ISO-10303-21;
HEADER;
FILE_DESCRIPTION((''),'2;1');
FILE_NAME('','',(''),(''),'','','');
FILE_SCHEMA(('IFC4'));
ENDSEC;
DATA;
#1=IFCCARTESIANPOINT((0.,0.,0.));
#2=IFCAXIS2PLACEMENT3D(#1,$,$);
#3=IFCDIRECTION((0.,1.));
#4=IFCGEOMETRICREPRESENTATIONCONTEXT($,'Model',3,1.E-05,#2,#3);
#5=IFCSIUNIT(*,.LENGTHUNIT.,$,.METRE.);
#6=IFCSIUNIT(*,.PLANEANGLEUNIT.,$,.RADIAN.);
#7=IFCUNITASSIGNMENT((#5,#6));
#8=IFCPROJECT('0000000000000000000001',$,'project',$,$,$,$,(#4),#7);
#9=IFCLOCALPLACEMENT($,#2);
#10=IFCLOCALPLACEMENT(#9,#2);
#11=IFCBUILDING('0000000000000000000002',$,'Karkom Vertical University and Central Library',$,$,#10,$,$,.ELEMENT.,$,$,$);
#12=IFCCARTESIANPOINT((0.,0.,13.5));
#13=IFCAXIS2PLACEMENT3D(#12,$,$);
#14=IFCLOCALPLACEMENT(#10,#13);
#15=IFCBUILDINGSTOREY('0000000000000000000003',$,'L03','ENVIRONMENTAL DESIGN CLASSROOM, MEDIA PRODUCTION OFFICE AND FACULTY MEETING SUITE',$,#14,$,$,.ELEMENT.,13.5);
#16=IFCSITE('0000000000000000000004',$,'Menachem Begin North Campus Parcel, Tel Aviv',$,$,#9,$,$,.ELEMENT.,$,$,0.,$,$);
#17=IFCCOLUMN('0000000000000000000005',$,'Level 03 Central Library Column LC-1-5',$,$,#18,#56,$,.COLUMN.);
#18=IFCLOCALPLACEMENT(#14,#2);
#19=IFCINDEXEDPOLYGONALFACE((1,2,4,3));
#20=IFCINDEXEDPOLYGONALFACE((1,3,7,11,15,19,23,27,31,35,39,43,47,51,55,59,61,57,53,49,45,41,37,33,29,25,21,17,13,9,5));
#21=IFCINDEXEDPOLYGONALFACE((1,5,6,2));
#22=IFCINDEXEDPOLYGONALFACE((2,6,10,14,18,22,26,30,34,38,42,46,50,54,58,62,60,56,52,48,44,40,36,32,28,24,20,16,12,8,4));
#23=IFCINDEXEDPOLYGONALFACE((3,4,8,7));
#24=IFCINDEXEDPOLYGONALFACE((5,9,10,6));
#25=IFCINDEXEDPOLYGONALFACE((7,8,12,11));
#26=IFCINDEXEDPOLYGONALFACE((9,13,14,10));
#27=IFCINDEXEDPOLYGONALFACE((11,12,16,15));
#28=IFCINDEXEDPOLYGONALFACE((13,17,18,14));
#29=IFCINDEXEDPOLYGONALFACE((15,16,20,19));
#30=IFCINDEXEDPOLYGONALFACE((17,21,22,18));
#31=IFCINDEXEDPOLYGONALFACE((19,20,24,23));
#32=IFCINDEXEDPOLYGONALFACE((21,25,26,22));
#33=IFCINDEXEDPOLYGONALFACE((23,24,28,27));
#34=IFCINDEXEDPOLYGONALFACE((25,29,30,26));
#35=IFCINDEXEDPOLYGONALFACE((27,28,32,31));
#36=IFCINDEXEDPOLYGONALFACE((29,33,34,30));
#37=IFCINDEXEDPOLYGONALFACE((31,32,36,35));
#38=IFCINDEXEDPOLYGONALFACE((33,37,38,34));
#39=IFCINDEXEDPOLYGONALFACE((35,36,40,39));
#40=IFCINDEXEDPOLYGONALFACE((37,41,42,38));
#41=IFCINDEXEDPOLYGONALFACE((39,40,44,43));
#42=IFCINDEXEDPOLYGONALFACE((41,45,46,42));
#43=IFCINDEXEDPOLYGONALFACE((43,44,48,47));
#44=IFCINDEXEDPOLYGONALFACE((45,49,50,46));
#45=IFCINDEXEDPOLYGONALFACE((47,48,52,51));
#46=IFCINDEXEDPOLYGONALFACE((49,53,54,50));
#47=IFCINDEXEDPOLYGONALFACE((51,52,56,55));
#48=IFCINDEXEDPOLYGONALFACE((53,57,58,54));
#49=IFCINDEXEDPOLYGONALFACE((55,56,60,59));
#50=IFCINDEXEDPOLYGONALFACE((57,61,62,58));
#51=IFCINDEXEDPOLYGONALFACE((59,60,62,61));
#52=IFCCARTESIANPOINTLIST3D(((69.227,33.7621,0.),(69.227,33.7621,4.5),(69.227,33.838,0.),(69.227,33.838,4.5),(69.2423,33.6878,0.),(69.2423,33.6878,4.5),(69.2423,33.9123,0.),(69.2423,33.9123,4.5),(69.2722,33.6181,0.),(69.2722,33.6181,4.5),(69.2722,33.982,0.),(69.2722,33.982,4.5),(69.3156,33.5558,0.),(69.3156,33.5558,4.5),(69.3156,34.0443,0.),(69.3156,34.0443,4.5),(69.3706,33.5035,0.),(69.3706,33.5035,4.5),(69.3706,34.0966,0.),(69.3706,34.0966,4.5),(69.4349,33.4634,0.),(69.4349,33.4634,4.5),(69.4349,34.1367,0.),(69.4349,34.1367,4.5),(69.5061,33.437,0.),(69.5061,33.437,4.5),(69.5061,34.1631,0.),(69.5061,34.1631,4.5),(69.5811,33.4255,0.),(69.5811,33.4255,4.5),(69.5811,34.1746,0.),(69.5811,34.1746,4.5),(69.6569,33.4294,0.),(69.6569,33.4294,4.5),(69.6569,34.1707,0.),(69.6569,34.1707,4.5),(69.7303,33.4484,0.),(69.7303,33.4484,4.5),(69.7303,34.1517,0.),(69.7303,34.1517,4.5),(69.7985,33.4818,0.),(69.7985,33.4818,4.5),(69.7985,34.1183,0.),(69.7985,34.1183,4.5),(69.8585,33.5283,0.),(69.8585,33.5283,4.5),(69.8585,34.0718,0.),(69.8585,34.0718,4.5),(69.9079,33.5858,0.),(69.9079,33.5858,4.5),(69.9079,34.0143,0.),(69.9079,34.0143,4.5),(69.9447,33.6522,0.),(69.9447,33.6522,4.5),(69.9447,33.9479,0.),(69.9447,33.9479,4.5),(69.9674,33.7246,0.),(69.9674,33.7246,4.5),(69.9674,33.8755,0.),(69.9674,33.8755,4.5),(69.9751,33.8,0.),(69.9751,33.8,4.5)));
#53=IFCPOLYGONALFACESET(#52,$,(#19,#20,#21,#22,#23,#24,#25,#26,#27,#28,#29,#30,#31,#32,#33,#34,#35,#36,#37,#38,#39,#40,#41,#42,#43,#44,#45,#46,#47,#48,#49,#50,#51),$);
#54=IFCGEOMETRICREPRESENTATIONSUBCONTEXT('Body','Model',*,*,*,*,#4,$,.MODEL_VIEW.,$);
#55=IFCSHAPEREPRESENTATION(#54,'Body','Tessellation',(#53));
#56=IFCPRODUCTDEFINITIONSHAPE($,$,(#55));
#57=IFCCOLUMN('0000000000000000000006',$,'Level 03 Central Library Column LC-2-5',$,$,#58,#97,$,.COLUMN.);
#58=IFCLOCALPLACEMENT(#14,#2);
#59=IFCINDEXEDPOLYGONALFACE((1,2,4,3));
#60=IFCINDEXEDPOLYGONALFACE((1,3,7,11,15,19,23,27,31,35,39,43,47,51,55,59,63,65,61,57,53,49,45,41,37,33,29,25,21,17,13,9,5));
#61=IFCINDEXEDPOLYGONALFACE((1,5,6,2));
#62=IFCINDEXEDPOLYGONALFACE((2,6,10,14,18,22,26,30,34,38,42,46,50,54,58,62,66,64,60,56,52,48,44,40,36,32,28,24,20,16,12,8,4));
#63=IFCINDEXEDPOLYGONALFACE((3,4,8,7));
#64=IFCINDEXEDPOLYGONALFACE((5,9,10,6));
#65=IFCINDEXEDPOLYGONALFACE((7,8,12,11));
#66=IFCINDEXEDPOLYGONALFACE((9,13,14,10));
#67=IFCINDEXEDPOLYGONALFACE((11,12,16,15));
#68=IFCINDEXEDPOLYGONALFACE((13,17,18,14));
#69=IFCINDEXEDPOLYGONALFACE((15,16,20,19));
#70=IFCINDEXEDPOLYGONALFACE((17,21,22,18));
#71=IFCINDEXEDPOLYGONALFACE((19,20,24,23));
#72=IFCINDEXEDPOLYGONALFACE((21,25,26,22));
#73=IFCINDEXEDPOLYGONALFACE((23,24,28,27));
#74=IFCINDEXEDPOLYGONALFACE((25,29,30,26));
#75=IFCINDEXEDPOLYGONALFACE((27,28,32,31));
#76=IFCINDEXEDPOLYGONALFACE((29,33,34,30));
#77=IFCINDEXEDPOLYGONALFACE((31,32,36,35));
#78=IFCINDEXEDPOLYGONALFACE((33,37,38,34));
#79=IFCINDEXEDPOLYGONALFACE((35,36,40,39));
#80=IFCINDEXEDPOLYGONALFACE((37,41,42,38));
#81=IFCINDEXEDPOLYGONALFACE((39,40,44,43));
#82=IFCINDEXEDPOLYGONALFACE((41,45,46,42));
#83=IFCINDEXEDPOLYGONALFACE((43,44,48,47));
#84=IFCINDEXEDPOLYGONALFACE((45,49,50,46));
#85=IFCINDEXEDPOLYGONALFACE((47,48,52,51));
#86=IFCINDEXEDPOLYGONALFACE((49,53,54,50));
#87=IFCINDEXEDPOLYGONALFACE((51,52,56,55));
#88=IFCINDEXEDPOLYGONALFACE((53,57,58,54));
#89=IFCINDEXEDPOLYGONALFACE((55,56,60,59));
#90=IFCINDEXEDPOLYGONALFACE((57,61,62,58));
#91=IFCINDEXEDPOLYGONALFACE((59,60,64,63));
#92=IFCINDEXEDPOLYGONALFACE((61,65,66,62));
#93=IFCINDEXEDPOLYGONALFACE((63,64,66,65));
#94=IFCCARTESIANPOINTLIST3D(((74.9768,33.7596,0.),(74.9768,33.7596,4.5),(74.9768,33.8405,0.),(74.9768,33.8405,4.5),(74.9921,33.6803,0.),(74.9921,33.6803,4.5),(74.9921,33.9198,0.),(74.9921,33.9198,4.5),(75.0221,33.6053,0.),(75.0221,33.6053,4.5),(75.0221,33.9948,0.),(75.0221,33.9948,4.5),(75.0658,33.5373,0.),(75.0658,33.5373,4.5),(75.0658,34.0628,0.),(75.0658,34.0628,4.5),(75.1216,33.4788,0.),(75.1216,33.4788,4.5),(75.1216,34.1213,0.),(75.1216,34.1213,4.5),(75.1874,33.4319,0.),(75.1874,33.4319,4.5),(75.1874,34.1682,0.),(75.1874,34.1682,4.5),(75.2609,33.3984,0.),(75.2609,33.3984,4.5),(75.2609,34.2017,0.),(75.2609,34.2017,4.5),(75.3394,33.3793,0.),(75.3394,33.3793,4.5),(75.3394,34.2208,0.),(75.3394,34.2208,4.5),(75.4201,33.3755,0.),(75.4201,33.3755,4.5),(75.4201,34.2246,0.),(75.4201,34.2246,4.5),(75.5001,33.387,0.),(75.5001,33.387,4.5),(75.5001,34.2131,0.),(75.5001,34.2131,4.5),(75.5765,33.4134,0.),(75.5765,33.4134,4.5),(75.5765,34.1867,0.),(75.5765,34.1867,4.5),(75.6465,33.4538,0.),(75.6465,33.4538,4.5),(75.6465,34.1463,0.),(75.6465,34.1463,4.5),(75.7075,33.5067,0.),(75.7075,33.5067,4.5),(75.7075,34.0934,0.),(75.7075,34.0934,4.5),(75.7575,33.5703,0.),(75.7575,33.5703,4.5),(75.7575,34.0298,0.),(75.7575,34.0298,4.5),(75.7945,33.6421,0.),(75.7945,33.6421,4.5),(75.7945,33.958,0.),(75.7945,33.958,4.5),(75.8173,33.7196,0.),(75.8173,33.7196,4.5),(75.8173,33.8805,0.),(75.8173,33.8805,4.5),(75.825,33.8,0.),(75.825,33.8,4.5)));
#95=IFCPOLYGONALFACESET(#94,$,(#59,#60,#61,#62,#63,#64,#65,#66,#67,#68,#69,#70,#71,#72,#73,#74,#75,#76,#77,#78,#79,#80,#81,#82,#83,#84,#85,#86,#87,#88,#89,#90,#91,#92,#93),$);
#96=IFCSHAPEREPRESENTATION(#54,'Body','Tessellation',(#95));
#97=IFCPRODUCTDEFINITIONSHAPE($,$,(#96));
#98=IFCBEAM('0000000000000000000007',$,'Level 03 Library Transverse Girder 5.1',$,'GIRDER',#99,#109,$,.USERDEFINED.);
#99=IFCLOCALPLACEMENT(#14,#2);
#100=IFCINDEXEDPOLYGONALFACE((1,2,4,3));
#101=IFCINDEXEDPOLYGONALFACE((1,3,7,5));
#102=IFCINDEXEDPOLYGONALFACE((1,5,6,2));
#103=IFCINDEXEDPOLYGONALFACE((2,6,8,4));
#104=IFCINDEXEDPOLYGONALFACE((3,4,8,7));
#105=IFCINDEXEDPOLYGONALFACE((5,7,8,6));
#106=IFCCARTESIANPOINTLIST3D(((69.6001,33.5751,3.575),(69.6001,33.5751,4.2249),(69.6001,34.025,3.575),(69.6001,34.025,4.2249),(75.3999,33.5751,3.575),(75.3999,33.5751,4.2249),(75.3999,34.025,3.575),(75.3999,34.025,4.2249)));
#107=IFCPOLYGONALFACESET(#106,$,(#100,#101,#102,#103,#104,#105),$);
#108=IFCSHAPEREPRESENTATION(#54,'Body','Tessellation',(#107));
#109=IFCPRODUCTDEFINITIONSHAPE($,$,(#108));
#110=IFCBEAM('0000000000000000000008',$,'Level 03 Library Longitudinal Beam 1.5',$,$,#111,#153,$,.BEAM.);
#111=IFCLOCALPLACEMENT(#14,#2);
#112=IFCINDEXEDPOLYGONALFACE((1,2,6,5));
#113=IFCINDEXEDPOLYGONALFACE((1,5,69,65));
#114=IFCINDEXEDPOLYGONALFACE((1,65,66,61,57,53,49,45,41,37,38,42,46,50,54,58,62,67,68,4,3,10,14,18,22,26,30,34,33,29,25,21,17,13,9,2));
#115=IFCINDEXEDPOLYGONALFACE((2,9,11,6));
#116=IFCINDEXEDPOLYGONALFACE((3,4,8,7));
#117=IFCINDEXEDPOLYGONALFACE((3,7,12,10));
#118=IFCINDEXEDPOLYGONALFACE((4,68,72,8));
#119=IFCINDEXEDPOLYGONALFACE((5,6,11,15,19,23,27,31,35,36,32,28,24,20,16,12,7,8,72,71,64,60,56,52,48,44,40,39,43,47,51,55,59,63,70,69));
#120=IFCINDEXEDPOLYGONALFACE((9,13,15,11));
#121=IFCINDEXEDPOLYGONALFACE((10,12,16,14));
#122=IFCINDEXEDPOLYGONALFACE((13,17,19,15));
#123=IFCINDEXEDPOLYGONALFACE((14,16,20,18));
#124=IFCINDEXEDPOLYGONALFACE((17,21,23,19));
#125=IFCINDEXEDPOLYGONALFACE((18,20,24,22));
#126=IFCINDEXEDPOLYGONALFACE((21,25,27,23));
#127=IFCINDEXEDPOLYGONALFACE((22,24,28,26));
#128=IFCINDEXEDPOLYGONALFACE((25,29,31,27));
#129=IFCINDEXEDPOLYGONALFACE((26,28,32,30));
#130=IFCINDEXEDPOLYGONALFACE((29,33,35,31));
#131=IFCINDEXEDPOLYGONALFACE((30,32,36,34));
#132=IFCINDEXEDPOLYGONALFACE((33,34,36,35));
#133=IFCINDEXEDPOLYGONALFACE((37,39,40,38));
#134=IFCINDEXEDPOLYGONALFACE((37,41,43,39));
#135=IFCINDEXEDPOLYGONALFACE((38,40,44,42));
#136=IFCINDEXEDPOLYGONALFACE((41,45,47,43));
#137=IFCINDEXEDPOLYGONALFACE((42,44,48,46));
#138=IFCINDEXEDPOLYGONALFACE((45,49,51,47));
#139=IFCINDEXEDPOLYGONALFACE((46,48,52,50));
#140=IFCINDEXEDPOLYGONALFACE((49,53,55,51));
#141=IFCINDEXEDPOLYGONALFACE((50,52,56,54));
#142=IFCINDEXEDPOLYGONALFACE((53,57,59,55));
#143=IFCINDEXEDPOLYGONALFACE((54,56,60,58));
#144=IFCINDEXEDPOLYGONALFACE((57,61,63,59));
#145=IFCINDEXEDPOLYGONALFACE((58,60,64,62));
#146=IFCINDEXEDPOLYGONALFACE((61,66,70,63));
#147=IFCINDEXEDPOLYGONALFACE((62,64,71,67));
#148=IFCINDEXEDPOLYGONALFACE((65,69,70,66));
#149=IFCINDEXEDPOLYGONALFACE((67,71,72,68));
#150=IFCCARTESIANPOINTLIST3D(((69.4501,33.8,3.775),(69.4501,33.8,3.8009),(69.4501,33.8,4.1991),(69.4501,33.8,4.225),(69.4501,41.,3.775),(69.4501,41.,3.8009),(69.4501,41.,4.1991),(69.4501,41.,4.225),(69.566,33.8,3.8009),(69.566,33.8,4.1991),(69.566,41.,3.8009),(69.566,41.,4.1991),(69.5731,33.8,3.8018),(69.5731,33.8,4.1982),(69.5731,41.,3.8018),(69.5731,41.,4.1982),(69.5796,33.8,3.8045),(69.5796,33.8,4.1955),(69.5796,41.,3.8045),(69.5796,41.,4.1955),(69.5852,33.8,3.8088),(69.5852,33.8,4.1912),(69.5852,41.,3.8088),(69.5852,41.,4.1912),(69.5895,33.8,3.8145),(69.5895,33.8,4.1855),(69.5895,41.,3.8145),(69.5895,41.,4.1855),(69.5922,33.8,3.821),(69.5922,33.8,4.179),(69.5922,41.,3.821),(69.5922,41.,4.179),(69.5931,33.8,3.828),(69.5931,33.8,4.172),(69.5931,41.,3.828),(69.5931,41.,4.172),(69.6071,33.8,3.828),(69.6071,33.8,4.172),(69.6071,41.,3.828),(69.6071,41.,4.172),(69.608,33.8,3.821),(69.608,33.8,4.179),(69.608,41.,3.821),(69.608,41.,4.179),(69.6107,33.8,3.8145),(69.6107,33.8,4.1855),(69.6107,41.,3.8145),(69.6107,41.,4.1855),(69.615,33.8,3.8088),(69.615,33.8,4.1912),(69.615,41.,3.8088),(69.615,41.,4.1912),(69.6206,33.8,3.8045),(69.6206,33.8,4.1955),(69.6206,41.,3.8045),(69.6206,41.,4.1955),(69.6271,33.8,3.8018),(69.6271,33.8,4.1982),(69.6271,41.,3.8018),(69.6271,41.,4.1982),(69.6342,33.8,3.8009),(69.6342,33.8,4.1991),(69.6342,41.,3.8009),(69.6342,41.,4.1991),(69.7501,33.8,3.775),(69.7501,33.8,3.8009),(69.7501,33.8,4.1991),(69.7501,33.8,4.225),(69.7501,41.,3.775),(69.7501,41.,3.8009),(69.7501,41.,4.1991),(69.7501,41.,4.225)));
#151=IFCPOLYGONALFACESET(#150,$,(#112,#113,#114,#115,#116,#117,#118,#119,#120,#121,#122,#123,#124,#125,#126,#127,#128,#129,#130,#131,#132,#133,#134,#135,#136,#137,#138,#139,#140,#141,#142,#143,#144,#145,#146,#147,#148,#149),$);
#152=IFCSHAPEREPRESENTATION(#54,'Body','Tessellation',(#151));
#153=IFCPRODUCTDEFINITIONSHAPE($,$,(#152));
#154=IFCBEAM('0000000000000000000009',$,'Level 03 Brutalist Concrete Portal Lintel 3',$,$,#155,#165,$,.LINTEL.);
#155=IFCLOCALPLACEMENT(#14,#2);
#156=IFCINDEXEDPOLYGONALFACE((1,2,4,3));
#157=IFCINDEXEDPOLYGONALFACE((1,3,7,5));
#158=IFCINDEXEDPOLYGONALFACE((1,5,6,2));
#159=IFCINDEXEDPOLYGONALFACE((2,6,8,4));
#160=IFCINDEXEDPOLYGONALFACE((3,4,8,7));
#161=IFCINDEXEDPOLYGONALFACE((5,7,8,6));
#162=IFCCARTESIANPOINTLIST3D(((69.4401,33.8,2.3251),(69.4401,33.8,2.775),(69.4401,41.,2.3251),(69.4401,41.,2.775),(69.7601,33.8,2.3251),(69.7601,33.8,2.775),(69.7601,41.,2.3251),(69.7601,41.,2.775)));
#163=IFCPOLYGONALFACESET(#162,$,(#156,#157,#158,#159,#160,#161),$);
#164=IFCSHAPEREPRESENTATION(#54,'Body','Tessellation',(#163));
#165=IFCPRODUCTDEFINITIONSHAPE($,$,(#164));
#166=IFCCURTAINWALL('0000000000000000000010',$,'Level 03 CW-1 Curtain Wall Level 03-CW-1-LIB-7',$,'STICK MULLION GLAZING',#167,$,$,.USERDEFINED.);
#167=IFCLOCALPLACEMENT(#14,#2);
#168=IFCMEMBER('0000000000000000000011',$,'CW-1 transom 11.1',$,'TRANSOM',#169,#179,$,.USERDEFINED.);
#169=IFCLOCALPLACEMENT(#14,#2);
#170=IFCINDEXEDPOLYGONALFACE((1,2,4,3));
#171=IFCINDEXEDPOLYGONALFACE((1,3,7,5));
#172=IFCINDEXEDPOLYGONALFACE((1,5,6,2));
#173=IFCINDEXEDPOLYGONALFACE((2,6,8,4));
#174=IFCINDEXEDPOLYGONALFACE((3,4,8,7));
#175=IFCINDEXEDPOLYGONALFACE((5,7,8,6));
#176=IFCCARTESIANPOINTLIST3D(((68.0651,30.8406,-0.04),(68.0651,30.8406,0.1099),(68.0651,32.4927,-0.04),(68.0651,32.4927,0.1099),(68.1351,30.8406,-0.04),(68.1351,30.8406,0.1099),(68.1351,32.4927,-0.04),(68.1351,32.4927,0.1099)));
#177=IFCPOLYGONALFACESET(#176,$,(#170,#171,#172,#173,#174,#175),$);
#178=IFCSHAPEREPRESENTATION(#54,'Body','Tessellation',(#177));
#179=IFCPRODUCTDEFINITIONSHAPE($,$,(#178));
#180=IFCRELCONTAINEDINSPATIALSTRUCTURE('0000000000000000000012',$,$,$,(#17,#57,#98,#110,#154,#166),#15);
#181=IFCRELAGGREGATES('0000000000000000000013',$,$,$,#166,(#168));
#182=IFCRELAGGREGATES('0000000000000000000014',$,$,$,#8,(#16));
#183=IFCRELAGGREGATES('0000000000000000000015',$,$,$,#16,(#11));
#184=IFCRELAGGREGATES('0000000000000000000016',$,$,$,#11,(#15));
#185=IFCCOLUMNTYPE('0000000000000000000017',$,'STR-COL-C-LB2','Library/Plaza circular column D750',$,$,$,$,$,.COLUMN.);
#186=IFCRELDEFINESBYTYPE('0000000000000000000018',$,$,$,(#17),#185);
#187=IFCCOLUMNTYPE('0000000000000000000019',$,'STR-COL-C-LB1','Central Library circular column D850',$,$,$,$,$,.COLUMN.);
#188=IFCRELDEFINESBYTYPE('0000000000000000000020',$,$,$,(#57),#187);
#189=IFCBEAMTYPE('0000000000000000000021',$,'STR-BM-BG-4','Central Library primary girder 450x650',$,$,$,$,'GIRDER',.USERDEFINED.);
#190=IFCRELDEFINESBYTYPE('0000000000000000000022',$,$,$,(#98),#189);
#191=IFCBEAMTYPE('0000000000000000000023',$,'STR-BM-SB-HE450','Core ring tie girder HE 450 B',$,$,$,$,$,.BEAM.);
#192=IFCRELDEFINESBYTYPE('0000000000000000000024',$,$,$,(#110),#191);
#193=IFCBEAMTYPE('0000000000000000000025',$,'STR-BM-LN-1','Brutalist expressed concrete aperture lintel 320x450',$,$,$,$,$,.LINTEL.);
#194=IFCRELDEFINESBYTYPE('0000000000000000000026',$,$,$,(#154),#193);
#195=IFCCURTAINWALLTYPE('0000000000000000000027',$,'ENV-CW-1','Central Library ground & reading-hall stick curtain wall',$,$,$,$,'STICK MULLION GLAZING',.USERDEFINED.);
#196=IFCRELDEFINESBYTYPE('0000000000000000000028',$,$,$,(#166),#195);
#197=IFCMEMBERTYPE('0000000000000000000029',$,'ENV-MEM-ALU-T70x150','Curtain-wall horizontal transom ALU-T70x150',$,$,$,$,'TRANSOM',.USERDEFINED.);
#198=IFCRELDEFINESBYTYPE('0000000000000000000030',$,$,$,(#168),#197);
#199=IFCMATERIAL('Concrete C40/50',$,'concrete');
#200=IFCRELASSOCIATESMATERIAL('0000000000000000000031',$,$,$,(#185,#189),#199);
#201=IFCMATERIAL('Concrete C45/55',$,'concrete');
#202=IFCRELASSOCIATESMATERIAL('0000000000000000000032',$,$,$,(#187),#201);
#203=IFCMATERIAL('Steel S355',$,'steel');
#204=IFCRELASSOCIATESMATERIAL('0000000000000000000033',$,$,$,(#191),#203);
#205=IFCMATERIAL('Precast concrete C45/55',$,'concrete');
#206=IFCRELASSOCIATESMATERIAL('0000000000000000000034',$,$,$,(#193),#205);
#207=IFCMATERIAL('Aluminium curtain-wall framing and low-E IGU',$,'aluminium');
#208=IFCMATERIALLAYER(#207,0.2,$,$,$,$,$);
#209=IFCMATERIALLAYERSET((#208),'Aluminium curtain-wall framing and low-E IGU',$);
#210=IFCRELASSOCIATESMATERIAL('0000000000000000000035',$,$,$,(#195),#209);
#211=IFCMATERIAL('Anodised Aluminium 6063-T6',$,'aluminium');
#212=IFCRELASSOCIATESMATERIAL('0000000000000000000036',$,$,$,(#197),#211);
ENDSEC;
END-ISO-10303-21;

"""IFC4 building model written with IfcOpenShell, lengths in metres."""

from ifc_helpers import new_model, si_unit, direction, frame, origin, origin_with_axes, origin_2d, place, context, subcontext, project, spatial, rectangle, circle, i_section, extrude, source, transform, mapped, material, layer, layer_set, material_profile, profile_set, type_object, element, aggregate, save


model = new_model("IFC4")

# Units and contexts
model_context = context("Model", 3, precision=1e-05, world=origin(), true_north=direction((0.0, 1.0)))
body_context = subcontext(model_context, "Body", "Model", "MODEL_VIEW")
ifc_project = project(units=[si_unit("LENGTHUNIT", "METRE"), si_unit("PLANEANGLEUNIT", "RADIAN")], contexts=[model_context])

# Site, building, storey
site_placement = place(None, origin())
site = spatial("IfcSite", under=ifc_project, at=site_placement, Name="Menachem Begin North Campus Parcel, Tel Aviv", CompositionType="ELEMENT", RefElevation=0.0)
building_placement = place(site_placement, origin())
building = spatial("IfcBuilding", under=site, at=building_placement, Name="Karkom Vertical University and Central Library", CompositionType="ELEMENT")
storey_placement = place(building_placement, frame((0.0, 0.0, 13.5)))
storey = spatial("IfcBuildingStorey", under=building, at=storey_placement, Name="L03", Description="ENVIRONMENTAL DESIGN CLASSROOM, MEDIA PRODUCTION OFFICE AND FACULTY MEETING SUITE", CompositionType="ELEMENT", Elevation=13.5)

# Columns
ifc_material_1 = material(Name="Concrete C40/50", Category="concrete")
ifc_material_profile_1 = material_profile(ifc_material_1, circle(Radius=0.375, at=origin_2d()), Name="RC-D750")
ifc_profile_set_1 = profile_set([ifc_material_profile_1], Name="Concrete C40/50")
column_type_1 = type_object("IfcColumnType", Name="STR-COL-C-LB2", Description="Library/Plaza circular column D750", PredefinedType="COLUMN", material=ifc_profile_set_1)
shared_shape_1 = source(origin_with_axes(), body_context, "Body", "SweptSolid", [
    extrude(circle(Radius=0.375, at=origin_2d()), origin(), (0.0, 0.0, 1.0), 4.5),
])
column_1_placement = place(storey_placement, frame((69.6001, 33.8, 0.0), z_axis=(0.0, 0.0, 1.0), x_axis=(1.0, 0.0, 0.0)))
element("IfcColumn", 1, at=column_1_placement, inside=storey, type_object=column_type_1, Name="Level 03 Central Library Column LC-1-5", PredefinedType="COLUMN", context=body_context, shape_type="MappedRepresentation", body=[
    mapped(shared_shape_1, transform((0.0, 0.0, 0.0), scale=1.0)),
])
ifc_material_2 = material(Name="Concrete C45/55", Category="concrete")
ifc_material_profile_2 = material_profile(ifc_material_2, circle(Radius=0.425, at=origin_2d()), Name="RC-D850")
ifc_profile_set_2 = profile_set([ifc_material_profile_2], Name="Concrete C45/55")
column_type_2 = type_object("IfcColumnType", Name="STR-COL-C-LB1", Description="Central Library circular column D850", PredefinedType="COLUMN", material=ifc_profile_set_2)
shared_shape_2 = source(origin_with_axes(), body_context, "Body", "SweptSolid", [
    extrude(circle(Radius=0.425, at=origin_2d()), origin(), (0.0, 0.0, 1.0), 4.5),
])
column_2_placement = place(storey_placement, frame((75.3999, 33.8, 0.0), z_axis=(0.0, 0.0, 1.0), x_axis=(1.0, 0.0, 0.0)))
element("IfcColumn", 2, at=column_2_placement, inside=storey, type_object=column_type_2, Name="Level 03 Central Library Column LC-2-5", PredefinedType="COLUMN", context=body_context, shape_type="MappedRepresentation", body=[
    mapped(shared_shape_2, transform((0.0, 0.0, 0.0), scale=1.0)),
])

# Beams
ifc_material_profile_3 = material_profile(ifc_material_1, rectangle(XDim=0.45, YDim=0.6499, at=origin_2d()), Name="RCB-450x650")
ifc_profile_set_3 = profile_set([ifc_material_profile_3], Name="Concrete C40/50")
beam_type_1 = type_object("IfcBeamType", Name="STR-BM-BG-4", Description="Central Library primary girder 450x650", ElementType="GIRDER", PredefinedType="USERDEFINED", material=ifc_profile_set_3)
shared_shape_3 = source(origin_with_axes(), body_context, "Body", "SweptSolid", [
    extrude(rectangle(XDim=0.45, YDim=0.6499, at=origin_2d()), origin(), (0.0, 0.0, 1.0), 5.7998),
])
beam_1_placement = place(storey_placement, frame((69.6001, 33.8, 3.8999), z_axis=(1.0, 0.0, 0.0), x_axis=(0.0, 1.0, 0.0)))
element("IfcBeam", 3, at=beam_1_placement, inside=storey, type_object=beam_type_1, Name="Level 03 Library Transverse Girder 5.1", ObjectType="GIRDER", PredefinedType="USERDEFINED", context=body_context, shape_type="MappedRepresentation", body=[
    mapped(shared_shape_3, transform((0.0, 0.0, 0.0), scale=1.0)),
])
ifc_material_3 = material(Name="Steel S355", Category="steel")
ifc_material_profile_4 = material_profile(ifc_material_3, i_section(OverallWidth=0.3, OverallDepth=0.45, WebThickness=0.0139, FlangeThickness=0.0259, FilletRadius=0.0271, at=origin_2d()), Name="HE 450 B")
ifc_profile_set_4 = profile_set([ifc_material_profile_4], Name="Steel S355")
beam_type_2 = type_object("IfcBeamType", Name="STR-BM-SB-HE450", Description="Core ring tie girder HE 450 B", PredefinedType="BEAM", material=ifc_profile_set_4)
shared_shape_4 = source(origin_with_axes(), body_context, "Body", "SweptSolid", [
    extrude(i_section(OverallWidth=0.3, OverallDepth=0.45, WebThickness=0.0139, FlangeThickness=0.0259, FilletRadius=0.0271, at=origin_2d()), origin(), (0.0, 0.0, 1.0), 7.2),
])
beam_2_placement = place(storey_placement, frame((69.6001, 33.8, 4.0), z_axis=(0.0, 1.0, 0.0), x_axis=(-1.0, 0.0, 0.0)))
element("IfcBeam", 4, at=beam_2_placement, inside=storey, type_object=beam_type_2, Name="Level 03 Library Longitudinal Beam 1.5", PredefinedType="BEAM", context=body_context, shape_type="MappedRepresentation", body=[
    mapped(shared_shape_4, transform((0.0, 0.0, 0.0), scale=1.0)),
])
ifc_material_4 = material(Name="Precast concrete C45/55", Category="concrete")
ifc_material_profile_5 = material_profile(ifc_material_4, rectangle(XDim=0.3201, YDim=0.45, at=origin_2d()), Name="RCL-320x450")
ifc_profile_set_5 = profile_set([ifc_material_profile_5], Name="Precast concrete C45/55")
beam_type_3 = type_object("IfcBeamType", Name="STR-BM-LN-1", Description="Brutalist expressed concrete aperture lintel 320x450", PredefinedType="LINTEL", material=ifc_profile_set_5)
shared_shape_5 = source(origin_with_axes(), body_context, "Body", "SweptSolid", [
    extrude(rectangle(XDim=0.3201, YDim=0.45, at=origin_2d()), origin(), (0.0, 0.0, 1.0), 7.2),
])
beam_3_placement = place(storey_placement, frame((69.6001, 33.8, 2.55), z_axis=(0.0, 1.0, 0.0), x_axis=(-1.0, 0.0, 0.0)))
element("IfcBeam", 5, at=beam_3_placement, inside=storey, type_object=beam_type_3, Name="Level 03 Brutalist Concrete Portal Lintel 3", PredefinedType="LINTEL", context=body_context, shape_type="MappedRepresentation", body=[
    mapped(shared_shape_5, transform((0.0, 0.0, 0.0), scale=1.0)),
])

# Curtain wall, member
ifc_material_5 = material(Name="Aluminium curtain-wall framing and low-E IGU", Category="aluminium")
ifc_layer_1 = layer(ifc_material_5, 0.2)
ifc_layer_set_1 = layer_set([ifc_layer_1], Name="Aluminium curtain-wall framing and low-E IGU")
curtain_wall_type = type_object("IfcCurtainWallType", Name="ENV-CW-1", Description="Central Library ground & reading-hall stick curtain wall", ElementType="STICK MULLION GLAZING", PredefinedType="USERDEFINED", material=ifc_layer_set_1)
curtain_wall_placement = place(storey_placement, origin())
curtain_wall = element("IfcCurtainWall", 6, at=curtain_wall_placement, inside=storey, type_object=curtain_wall_type, Name="Level 03 CW-1 Curtain Wall Level 03-CW-1-LIB-7", ObjectType="STICK MULLION GLAZING", PredefinedType="USERDEFINED")
ifc_material_6 = material(Name="Anodised Aluminium 6063-T6", Category="aluminium")
ifc_material_profile_6 = material_profile(ifc_material_6, rectangle(XDim=0.0701, YDim=0.1499, at=origin_2d()), Name="ALU-T70x150")
ifc_profile_set_6 = profile_set([ifc_material_profile_6], Name="Anodised Aluminium 6063-T6")
member_type = type_object("IfcMemberType", Name="ENV-MEM-ALU-T70x150", Description="Curtain-wall horizontal transom ALU-T70x150", ElementType="TRANSOM", PredefinedType="USERDEFINED", material=ifc_profile_set_6)
shared_shape_6 = source(origin_with_axes(), body_context, "Body", "SweptSolid", [
    extrude(rectangle(XDim=0.0701, YDim=0.1499, at=origin_2d()), origin(), (0.0, 0.0, 1.0), 1.6521),
])
member_1_placement = place(storey_placement, frame((68.1001, 32.4927, 0.0349), z_axis=(0.0, -1.0, 0.0), x_axis=(1.0, 0.0, 0.0)))
member_1 = element("IfcMember", 7, at=member_1_placement, type_object=member_type, Name="CW-1 transom 11.1", ObjectType="TRANSOM", PredefinedType="USERDEFINED", context=body_context, shape_type="MappedRepresentation", body=[
    mapped(shared_shape_6, transform((0.0, 0.0, 0.0), scale=1.0)),
])
aggregate(curtain_wall, [member_1])

save(model, "model.ifc")
